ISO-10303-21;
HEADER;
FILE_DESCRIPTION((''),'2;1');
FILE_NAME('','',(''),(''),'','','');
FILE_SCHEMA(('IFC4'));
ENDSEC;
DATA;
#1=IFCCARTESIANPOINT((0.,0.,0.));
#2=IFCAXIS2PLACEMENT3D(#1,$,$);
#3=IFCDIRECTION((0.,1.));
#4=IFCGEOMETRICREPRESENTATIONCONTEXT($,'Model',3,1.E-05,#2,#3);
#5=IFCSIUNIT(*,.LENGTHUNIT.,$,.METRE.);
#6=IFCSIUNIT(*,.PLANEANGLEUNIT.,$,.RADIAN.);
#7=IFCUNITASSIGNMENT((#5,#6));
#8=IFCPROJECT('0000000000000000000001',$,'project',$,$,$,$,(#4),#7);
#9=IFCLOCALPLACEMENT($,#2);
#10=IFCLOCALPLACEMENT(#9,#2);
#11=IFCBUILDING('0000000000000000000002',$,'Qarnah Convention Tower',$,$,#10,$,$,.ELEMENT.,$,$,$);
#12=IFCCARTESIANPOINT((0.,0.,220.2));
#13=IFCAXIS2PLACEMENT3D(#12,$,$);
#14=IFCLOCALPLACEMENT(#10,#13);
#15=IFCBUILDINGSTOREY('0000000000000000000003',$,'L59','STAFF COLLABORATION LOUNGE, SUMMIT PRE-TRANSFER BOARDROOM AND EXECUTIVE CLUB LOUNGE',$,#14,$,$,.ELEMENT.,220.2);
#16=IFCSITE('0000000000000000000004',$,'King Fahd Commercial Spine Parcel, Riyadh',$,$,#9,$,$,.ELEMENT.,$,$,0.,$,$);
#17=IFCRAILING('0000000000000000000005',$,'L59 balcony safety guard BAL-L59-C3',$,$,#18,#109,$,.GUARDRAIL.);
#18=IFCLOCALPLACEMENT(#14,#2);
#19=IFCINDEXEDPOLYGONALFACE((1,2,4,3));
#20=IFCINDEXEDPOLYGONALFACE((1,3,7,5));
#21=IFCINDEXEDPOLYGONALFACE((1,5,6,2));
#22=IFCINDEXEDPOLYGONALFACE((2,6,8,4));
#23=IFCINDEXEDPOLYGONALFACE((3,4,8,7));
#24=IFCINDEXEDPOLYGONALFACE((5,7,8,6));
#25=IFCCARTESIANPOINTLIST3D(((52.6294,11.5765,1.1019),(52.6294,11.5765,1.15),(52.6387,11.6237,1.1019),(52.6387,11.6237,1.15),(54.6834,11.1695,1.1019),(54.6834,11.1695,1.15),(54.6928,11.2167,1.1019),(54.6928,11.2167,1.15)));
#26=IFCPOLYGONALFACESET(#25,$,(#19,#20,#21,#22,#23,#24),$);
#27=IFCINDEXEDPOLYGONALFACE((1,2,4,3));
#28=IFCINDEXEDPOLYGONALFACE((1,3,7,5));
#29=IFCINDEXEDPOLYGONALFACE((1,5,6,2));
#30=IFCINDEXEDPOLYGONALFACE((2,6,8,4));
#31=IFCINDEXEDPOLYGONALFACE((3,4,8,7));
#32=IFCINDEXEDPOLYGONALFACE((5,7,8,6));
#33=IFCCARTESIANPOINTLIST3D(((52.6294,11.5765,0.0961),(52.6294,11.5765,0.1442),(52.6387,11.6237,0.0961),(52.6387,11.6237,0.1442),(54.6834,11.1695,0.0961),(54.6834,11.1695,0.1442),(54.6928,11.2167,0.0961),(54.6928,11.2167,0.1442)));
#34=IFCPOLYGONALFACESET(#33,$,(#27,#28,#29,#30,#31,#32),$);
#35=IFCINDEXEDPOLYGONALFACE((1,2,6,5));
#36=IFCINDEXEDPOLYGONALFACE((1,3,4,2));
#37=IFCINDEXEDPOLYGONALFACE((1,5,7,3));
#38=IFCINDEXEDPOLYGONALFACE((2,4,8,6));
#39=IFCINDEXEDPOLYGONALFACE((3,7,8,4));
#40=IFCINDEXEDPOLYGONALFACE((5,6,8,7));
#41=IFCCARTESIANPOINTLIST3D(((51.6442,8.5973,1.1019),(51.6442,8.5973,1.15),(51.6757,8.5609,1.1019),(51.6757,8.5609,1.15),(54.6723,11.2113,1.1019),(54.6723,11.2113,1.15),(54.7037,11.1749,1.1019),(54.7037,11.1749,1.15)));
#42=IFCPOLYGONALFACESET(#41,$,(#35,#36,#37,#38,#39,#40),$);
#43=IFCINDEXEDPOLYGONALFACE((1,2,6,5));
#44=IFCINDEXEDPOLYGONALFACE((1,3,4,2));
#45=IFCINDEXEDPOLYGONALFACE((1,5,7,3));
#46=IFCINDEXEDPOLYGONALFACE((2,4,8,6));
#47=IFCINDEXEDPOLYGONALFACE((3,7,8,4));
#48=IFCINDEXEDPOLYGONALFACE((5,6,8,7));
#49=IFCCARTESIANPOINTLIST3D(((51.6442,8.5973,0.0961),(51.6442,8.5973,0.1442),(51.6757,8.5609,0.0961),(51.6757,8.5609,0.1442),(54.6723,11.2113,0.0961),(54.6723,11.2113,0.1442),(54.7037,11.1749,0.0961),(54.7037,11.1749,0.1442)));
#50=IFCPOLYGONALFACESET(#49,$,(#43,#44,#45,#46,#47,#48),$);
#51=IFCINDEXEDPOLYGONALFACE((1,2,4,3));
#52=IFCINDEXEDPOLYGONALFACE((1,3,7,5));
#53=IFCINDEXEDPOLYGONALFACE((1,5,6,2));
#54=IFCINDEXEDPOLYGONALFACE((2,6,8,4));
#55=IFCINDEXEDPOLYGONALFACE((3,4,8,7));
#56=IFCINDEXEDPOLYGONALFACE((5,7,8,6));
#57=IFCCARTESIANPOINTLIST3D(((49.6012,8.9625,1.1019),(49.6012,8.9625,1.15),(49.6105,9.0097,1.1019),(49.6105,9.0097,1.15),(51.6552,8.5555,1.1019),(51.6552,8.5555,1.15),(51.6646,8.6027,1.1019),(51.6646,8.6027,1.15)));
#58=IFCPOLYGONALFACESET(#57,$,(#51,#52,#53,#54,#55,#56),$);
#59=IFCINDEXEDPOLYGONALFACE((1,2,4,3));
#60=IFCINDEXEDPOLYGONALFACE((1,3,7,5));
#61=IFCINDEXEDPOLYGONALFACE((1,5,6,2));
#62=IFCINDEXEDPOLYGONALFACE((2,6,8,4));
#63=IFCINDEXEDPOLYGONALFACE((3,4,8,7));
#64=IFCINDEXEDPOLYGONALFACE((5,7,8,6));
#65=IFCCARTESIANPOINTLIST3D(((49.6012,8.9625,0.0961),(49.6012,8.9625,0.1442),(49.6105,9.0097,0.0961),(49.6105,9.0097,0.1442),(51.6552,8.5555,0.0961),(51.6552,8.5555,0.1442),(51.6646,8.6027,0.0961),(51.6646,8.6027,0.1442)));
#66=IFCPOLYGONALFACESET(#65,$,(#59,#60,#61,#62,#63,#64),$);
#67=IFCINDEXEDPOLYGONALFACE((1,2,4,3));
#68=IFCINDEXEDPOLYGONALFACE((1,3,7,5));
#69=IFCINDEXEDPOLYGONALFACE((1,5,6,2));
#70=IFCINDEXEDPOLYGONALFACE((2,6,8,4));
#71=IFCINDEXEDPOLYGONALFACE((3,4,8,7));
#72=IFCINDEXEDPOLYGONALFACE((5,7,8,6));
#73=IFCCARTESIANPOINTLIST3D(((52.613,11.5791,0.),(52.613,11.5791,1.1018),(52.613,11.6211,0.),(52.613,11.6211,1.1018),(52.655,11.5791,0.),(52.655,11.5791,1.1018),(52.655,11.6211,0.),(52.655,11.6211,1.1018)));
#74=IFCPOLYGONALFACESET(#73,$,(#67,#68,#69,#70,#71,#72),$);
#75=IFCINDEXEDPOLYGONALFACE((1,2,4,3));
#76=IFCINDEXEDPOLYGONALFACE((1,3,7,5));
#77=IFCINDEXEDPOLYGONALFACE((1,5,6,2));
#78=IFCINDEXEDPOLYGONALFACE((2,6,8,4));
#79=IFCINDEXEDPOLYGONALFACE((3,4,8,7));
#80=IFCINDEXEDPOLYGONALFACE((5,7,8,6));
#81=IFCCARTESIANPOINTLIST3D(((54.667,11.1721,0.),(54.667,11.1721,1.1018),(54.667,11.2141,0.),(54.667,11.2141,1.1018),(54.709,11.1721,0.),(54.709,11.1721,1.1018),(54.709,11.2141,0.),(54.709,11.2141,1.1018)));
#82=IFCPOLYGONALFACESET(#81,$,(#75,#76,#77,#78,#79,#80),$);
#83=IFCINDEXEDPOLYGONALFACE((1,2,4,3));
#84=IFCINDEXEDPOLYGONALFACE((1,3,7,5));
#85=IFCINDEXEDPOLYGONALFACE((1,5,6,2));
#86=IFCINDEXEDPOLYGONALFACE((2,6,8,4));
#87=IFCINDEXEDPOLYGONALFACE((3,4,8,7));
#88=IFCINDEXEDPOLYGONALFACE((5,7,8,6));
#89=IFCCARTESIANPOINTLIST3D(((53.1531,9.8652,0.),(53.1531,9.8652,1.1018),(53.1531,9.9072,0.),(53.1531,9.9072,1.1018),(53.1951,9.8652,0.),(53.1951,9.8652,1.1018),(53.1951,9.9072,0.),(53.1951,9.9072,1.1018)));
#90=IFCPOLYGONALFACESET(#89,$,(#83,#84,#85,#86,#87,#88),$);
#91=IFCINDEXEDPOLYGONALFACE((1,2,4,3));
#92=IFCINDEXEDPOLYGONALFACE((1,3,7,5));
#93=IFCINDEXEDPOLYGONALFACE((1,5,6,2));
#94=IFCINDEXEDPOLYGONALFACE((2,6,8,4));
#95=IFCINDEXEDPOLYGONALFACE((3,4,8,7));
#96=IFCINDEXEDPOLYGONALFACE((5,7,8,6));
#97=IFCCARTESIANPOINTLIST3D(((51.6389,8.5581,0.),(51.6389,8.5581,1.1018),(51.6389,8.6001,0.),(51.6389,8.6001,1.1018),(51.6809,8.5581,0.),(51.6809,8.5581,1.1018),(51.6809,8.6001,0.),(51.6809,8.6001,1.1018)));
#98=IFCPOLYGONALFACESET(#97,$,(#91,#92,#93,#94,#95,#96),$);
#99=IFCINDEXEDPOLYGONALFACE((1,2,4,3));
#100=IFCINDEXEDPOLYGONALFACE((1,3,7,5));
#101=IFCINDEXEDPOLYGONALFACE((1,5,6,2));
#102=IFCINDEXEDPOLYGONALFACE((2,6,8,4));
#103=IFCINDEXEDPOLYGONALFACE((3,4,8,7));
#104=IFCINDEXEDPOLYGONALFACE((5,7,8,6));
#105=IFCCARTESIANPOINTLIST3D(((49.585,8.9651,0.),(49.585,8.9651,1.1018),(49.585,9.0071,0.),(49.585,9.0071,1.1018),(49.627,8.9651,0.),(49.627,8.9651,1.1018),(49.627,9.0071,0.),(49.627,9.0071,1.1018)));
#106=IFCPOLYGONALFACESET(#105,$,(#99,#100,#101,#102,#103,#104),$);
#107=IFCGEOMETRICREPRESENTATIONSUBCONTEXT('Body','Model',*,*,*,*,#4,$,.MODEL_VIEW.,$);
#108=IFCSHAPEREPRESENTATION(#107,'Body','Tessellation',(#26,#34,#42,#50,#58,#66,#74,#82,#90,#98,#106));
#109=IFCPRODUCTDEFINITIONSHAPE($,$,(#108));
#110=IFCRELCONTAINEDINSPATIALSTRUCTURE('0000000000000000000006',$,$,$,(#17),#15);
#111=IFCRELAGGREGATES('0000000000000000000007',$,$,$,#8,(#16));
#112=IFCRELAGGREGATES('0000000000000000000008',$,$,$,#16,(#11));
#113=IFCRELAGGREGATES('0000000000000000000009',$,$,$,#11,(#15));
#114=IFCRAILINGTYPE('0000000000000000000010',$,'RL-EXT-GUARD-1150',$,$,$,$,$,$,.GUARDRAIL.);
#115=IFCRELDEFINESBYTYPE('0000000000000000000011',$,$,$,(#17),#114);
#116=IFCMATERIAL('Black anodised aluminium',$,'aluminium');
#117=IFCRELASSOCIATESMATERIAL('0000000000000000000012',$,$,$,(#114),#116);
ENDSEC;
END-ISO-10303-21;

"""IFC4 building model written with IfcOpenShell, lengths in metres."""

from ifc_helpers import new_model, si_unit, direction, frame, origin, origin_2d, place, context, subcontext, project, spatial, rectangle, extrude, material, type_object, element, save


model = new_model("IFC4")

# Units and contexts
model_context = context("Model", 3, precision=1e-05, world=origin(), true_north=direction((0.0, 1.0)))
body_context = subcontext(model_context, "Body", "Model", "MODEL_VIEW")
ifc_project = project(units=[si_unit("LENGTHUNIT", "METRE"), si_unit("PLANEANGLEUNIT", "RADIAN")], contexts=[model_context])

# Site, building, storey
site_placement = place(None, origin())
site = spatial("IfcSite", under=ifc_project, at=site_placement, Name="King Fahd Commercial Spine Parcel, Riyadh", CompositionType="ELEMENT", RefElevation=0.0)
building_placement = place(site_placement, origin())
building = spatial("IfcBuilding", under=site, at=building_placement, Name="Qarnah Convention Tower", CompositionType="ELEMENT")
storey_placement = place(building_placement, frame((0.0, 0.0, 220.2)))
storey = spatial("IfcBuildingStorey", under=building, at=storey_placement, Name="L59", Description="STAFF COLLABORATION LOUNGE, SUMMIT PRE-TRANSFER BOARDROOM AND EXECUTIVE CLUB LOUNGE", CompositionType="ELEMENT", Elevation=220.2)

# Shared definitions
ifc_material_1 = material(Name="Black anodised aluminium", Category="aluminium")

# Railing
railing_type = type_object("IfcRailingType", Name="RL-EXT-GUARD-1150", PredefinedType="GUARDRAIL", material=ifc_material_1)
railing_1_placement = place(storey_placement, frame((52.634, 11.6001, 0.0)))
element("IfcRailing", 1, at=railing_1_placement, inside=storey, type_object=railing_type, Name="L59 balcony safety guard BAL-L59-C3", PredefinedType="GUARDRAIL", context=body_context, shape_type="SweptSolid", body=[
    extrude(rectangle(XDim=0.0481, YDim=0.0481, at=origin_2d()), frame((0.0, 0.0, 1.126), z_axis=(0.980929, -0.194367, 0.0), x_axis=(0.194367, 0.980929, 0.0)), (0.0, 0.0, 1.0), 2.094),
    extrude(rectangle(XDim=0.0481, YDim=0.0481, at=origin_2d()), frame((0.0, 0.0, 0.1201), z_axis=(0.980929, -0.194367, 0.0), x_axis=(0.194367, 0.980929, 0.0)), (0.0, 0.0, 1.0), 2.094),
    extrude(rectangle(XDim=0.0481, YDim=0.0481, at=origin_2d()), frame((2.054, -0.407, 1.126), z_axis=(-0.756964, -0.653456, 0.0), x_axis=(0.653456, -0.756964, 0.0)), (0.0, 0.0, 1.0), 4.0002),
    extrude(rectangle(XDim=0.0481, YDim=0.0481, at=origin_2d()), frame((2.054, -0.407, 0.1201), z_axis=(-0.756964, -0.653456, 0.0), x_axis=(0.653456, -0.756964, 0.0)), (0.0, 0.0, 1.0), 4.0002),
    extrude(rectangle(XDim=0.0481, YDim=0.0481, at=origin_2d()), frame((-0.9741, -3.021, 1.126), z_axis=(-0.980929, 0.194367, 0.0), x_axis=(-0.194367, -0.980929, 0.0)), (0.0, 0.0, 1.0), 2.094),
    extrude(rectangle(XDim=0.0481, YDim=0.0481, at=origin_2d()), frame((-0.9741, -3.021, 0.1201), z_axis=(-0.980929, 0.194367, 0.0), x_axis=(-0.194367, -0.980929, 0.0)), (0.0, 0.0, 1.0), 2.094),
    extrude(rectangle(XDim=0.042, YDim=0.042, at=origin_2d()), origin(), (0.0, 0.0, 1.0), 1.1018),
    extrude(rectangle(XDim=0.042, YDim=0.042, at=origin_2d()), frame((2.054, -0.407, 0.0)), (0.0, 0.0, 1.0), 1.1018),
    extrude(rectangle(XDim=0.042, YDim=0.042, at=origin_2d()), frame((0.54, -1.7139, 0.0)), (0.0, 0.0, 1.0), 1.1018),
    extrude(rectangle(XDim=0.042, YDim=0.042, at=origin_2d()), frame((-0.9741, -3.021, 0.0)), (0.0, 0.0, 1.0), 1.1018),
    extrude(rectangle(XDim=0.042, YDim=0.042, at=origin_2d()), frame((-3.0281, -2.614, 0.0)), (0.0, 0.0, 1.0), 1.1018),
])

save(model, "model.ifc")
